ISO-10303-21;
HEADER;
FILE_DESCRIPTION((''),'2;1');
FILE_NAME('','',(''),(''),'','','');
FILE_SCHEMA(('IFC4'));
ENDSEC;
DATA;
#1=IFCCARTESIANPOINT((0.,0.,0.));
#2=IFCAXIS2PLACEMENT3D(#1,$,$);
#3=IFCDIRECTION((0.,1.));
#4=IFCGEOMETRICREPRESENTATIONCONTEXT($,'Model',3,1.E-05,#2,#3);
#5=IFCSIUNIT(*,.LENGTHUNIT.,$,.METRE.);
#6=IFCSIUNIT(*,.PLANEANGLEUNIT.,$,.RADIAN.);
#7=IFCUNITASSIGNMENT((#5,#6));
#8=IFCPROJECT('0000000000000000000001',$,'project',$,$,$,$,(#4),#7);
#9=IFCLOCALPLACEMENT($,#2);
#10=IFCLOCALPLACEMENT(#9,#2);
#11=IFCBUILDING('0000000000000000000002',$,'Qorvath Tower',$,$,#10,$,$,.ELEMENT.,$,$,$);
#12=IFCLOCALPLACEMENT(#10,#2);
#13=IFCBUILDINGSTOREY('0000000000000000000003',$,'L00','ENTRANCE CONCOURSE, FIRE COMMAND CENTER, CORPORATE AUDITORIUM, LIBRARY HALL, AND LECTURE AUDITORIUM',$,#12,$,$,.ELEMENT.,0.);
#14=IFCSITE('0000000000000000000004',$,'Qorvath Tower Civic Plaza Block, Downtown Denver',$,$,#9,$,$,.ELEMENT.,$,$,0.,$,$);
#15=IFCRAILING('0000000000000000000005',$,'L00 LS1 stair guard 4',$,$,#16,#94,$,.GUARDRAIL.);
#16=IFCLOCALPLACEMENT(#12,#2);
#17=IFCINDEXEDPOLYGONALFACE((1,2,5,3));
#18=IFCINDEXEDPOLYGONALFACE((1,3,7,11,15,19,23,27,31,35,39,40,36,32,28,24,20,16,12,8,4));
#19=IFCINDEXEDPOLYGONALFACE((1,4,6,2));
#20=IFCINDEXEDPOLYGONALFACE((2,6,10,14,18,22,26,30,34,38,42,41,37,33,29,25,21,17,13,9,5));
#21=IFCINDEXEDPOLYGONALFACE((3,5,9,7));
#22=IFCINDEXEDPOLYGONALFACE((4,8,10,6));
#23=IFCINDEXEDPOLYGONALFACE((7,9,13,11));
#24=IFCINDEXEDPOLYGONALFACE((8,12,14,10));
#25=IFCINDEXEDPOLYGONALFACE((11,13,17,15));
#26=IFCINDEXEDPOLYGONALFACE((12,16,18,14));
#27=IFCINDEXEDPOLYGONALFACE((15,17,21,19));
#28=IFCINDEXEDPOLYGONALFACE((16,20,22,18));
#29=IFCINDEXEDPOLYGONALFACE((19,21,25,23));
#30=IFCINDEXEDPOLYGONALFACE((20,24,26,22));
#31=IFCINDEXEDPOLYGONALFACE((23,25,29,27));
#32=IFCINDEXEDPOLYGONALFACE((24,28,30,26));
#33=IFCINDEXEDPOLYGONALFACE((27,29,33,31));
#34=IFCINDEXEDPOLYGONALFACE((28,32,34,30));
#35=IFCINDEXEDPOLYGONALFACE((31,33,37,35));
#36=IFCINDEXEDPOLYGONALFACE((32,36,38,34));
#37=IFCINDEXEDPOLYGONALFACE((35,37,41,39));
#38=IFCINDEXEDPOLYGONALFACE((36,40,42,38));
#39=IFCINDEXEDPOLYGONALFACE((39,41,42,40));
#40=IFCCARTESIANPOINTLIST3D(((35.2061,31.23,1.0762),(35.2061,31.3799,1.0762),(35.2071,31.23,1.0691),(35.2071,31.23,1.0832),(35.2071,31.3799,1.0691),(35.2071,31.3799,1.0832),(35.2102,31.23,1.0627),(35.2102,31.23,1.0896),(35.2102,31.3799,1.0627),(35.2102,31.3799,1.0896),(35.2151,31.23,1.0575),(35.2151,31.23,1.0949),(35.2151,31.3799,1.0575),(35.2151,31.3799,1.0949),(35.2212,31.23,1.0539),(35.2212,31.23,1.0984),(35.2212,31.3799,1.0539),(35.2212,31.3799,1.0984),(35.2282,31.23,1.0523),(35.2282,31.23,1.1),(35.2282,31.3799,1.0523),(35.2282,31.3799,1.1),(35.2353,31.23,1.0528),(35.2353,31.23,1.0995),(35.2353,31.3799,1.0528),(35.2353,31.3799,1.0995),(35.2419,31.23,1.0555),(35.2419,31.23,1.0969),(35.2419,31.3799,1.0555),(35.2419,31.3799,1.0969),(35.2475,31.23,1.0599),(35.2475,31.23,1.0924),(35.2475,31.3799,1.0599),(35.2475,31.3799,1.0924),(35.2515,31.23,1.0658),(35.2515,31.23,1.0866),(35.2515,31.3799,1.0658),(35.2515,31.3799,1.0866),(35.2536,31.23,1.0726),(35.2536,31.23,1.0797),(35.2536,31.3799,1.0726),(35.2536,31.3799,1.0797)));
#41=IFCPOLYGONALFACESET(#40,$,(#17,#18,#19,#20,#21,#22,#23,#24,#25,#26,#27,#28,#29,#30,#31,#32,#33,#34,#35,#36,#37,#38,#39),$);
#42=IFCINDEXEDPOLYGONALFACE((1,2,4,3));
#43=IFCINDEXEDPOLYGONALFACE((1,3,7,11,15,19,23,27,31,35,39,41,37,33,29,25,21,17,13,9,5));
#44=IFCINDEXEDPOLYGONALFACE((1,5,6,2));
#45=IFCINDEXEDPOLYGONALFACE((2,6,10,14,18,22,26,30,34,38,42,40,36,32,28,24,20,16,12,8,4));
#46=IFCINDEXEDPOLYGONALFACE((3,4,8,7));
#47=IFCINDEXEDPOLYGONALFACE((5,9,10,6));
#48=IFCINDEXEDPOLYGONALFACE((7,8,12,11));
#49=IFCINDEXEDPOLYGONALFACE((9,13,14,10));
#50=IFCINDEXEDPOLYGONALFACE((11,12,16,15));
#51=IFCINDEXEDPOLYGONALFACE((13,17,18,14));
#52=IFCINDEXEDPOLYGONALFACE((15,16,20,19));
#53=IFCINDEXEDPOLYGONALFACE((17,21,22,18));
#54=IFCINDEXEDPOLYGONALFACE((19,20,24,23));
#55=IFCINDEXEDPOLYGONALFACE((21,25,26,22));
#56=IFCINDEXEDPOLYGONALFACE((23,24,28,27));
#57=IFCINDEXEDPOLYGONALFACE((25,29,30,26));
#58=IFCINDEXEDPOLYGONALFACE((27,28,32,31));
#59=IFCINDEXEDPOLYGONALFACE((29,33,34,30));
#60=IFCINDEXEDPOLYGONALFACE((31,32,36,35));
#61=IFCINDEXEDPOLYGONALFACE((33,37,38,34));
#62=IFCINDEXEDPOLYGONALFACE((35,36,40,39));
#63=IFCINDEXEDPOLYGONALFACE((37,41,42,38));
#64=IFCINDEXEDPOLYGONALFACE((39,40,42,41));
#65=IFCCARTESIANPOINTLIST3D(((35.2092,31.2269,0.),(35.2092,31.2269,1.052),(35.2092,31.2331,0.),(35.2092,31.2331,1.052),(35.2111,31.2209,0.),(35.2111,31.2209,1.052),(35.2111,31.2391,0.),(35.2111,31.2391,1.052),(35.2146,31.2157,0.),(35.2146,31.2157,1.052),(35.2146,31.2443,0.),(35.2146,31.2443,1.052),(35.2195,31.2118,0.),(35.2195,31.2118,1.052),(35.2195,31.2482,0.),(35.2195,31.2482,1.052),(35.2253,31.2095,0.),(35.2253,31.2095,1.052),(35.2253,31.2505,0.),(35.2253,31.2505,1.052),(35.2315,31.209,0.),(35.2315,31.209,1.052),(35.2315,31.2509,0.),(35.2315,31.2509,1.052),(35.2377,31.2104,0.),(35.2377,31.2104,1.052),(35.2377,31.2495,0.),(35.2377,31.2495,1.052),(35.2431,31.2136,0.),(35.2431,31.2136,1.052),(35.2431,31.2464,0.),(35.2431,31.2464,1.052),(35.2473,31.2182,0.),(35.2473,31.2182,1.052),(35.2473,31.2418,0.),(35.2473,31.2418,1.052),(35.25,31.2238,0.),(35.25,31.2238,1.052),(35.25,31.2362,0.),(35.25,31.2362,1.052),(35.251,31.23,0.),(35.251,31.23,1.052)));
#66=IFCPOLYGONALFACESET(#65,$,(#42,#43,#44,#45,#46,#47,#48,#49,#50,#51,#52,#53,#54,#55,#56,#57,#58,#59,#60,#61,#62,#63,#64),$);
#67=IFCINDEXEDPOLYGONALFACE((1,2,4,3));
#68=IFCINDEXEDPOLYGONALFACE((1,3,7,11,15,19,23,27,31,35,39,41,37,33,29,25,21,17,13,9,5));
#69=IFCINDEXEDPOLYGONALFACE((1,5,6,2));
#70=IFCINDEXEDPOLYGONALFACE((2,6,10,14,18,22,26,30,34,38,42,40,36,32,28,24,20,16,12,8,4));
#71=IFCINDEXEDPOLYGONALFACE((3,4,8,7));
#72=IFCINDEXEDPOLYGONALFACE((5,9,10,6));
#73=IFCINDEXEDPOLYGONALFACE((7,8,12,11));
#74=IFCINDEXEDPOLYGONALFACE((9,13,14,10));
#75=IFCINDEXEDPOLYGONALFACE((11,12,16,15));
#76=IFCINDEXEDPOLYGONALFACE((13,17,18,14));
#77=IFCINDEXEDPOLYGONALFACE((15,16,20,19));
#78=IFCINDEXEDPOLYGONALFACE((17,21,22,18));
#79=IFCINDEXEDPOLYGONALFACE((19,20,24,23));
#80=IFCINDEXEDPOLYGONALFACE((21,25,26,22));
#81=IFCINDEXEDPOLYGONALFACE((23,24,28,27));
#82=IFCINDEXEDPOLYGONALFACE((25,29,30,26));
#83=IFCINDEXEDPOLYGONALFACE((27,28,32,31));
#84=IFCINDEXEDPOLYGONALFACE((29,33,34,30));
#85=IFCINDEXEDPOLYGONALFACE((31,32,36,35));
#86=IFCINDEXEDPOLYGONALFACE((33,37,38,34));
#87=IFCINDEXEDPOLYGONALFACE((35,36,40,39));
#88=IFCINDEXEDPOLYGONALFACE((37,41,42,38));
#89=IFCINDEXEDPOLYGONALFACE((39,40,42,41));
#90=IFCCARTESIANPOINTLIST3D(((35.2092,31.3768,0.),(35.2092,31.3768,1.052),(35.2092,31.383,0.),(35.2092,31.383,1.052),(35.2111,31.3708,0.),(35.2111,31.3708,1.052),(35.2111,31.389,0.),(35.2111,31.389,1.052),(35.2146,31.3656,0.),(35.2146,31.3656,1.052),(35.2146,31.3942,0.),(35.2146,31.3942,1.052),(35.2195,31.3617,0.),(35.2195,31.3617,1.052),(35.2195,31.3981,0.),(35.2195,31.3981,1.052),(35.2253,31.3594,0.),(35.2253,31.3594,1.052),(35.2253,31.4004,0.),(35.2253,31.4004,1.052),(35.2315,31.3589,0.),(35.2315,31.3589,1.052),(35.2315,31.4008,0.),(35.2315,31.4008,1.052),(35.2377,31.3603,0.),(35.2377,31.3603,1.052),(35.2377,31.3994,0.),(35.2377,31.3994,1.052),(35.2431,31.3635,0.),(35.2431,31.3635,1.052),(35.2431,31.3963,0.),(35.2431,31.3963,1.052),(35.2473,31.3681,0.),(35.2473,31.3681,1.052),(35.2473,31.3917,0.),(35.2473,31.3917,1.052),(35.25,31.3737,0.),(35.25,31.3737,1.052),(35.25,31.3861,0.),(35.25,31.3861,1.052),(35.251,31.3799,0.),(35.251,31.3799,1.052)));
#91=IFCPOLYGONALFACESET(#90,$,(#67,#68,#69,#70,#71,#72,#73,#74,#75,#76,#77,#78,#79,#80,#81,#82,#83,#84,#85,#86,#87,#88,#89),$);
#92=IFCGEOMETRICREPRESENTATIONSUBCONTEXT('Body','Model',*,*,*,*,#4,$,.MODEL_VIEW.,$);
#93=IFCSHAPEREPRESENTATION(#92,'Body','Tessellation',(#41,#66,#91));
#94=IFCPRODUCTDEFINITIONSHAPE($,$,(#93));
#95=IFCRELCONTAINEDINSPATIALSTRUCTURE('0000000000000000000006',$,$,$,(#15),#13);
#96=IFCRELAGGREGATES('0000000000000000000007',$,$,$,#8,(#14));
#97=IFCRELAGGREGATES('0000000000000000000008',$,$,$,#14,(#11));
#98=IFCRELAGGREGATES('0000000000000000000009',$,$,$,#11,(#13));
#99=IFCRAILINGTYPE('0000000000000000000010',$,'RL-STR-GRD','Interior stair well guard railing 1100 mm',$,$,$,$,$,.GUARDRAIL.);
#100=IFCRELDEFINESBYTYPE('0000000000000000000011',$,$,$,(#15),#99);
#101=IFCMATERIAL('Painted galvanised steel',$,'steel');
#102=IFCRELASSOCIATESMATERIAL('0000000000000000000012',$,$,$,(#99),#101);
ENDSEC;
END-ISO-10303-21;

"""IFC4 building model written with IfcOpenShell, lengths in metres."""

from ifc_helpers import new_model, si_unit, direction, frame, origin, origin_2d, place, context, subcontext, project, spatial, circle, extrude, material, type_object, element, save


model = new_model("IFC4")

# Units and contexts
model_context = context("Model", 3, precision=1e-05, world=origin(), true_north=direction((0.0, 1.0)))
body_context = subcontext(model_context, "Body", "Model", "MODEL_VIEW")
ifc_project = project(units=[si_unit("LENGTHUNIT", "METRE"), si_unit("PLANEANGLEUNIT", "RADIAN")], contexts=[model_context])

# Site, building, storey
site_placement = place(None, origin())
site = spatial("IfcSite", under=ifc_project, at=site_placement, Name="Qorvath Tower Civic Plaza Block, Downtown Denver", CompositionType="ELEMENT", RefElevation=0.0)
building_placement = place(site_placement, origin())
building = spatial("IfcBuilding", under=site, at=building_placement, Name="Qorvath Tower", CompositionType="ELEMENT")
storey_placement = place(building_placement, origin())
storey = spatial("IfcBuildingStorey", under=building, at=storey_placement, Name="L00", Description="ENTRANCE CONCOURSE, FIRE COMMAND CENTER, CORPORATE AUDITORIUM, LIBRARY HALL, AND LECTURE AUDITORIUM", CompositionType="ELEMENT", Elevation=0.0)

# Railing
ifc_material_1 = material(Name="Painted galvanised steel", Category="steel")
railing_type_1 = type_object("IfcRailingType", Name="RL-STR-GRD", Description="Interior stair well guard railing 1100 mm", PredefinedType="GUARDRAIL", material=ifc_material_1)
railing_1_placement = place(storey_placement, frame((35.23, 31.23, 0.0)))
element("IfcRailing", 1, at=railing_1_placement, inside=storey, type_object=railing_type_1, Name="L00 LS1 stair guard 4", PredefinedType="GUARDRAIL", context=body_context, shape_type="SweptSolid", body=[
    extrude(circle(Radius=0.0239, at=origin_2d()), frame((0.0, 0.0, 1.0762), z_axis=(0.0, 1.0, 0.0), x_axis=(-1.0, 0.0, 0.0)), (0.0, 0.0, 1.0), 0.1499),
    extrude(circle(Radius=0.021, at=origin_2d()), origin(), (0.0, 0.0, 1.0), 1.052),
    extrude(circle(Radius=0.021, at=origin_2d()), frame((0.0, 0.1499, 0.0)), (0.0, 0.0, 1.0), 1.052),
])

save(model, "model.ifc")
